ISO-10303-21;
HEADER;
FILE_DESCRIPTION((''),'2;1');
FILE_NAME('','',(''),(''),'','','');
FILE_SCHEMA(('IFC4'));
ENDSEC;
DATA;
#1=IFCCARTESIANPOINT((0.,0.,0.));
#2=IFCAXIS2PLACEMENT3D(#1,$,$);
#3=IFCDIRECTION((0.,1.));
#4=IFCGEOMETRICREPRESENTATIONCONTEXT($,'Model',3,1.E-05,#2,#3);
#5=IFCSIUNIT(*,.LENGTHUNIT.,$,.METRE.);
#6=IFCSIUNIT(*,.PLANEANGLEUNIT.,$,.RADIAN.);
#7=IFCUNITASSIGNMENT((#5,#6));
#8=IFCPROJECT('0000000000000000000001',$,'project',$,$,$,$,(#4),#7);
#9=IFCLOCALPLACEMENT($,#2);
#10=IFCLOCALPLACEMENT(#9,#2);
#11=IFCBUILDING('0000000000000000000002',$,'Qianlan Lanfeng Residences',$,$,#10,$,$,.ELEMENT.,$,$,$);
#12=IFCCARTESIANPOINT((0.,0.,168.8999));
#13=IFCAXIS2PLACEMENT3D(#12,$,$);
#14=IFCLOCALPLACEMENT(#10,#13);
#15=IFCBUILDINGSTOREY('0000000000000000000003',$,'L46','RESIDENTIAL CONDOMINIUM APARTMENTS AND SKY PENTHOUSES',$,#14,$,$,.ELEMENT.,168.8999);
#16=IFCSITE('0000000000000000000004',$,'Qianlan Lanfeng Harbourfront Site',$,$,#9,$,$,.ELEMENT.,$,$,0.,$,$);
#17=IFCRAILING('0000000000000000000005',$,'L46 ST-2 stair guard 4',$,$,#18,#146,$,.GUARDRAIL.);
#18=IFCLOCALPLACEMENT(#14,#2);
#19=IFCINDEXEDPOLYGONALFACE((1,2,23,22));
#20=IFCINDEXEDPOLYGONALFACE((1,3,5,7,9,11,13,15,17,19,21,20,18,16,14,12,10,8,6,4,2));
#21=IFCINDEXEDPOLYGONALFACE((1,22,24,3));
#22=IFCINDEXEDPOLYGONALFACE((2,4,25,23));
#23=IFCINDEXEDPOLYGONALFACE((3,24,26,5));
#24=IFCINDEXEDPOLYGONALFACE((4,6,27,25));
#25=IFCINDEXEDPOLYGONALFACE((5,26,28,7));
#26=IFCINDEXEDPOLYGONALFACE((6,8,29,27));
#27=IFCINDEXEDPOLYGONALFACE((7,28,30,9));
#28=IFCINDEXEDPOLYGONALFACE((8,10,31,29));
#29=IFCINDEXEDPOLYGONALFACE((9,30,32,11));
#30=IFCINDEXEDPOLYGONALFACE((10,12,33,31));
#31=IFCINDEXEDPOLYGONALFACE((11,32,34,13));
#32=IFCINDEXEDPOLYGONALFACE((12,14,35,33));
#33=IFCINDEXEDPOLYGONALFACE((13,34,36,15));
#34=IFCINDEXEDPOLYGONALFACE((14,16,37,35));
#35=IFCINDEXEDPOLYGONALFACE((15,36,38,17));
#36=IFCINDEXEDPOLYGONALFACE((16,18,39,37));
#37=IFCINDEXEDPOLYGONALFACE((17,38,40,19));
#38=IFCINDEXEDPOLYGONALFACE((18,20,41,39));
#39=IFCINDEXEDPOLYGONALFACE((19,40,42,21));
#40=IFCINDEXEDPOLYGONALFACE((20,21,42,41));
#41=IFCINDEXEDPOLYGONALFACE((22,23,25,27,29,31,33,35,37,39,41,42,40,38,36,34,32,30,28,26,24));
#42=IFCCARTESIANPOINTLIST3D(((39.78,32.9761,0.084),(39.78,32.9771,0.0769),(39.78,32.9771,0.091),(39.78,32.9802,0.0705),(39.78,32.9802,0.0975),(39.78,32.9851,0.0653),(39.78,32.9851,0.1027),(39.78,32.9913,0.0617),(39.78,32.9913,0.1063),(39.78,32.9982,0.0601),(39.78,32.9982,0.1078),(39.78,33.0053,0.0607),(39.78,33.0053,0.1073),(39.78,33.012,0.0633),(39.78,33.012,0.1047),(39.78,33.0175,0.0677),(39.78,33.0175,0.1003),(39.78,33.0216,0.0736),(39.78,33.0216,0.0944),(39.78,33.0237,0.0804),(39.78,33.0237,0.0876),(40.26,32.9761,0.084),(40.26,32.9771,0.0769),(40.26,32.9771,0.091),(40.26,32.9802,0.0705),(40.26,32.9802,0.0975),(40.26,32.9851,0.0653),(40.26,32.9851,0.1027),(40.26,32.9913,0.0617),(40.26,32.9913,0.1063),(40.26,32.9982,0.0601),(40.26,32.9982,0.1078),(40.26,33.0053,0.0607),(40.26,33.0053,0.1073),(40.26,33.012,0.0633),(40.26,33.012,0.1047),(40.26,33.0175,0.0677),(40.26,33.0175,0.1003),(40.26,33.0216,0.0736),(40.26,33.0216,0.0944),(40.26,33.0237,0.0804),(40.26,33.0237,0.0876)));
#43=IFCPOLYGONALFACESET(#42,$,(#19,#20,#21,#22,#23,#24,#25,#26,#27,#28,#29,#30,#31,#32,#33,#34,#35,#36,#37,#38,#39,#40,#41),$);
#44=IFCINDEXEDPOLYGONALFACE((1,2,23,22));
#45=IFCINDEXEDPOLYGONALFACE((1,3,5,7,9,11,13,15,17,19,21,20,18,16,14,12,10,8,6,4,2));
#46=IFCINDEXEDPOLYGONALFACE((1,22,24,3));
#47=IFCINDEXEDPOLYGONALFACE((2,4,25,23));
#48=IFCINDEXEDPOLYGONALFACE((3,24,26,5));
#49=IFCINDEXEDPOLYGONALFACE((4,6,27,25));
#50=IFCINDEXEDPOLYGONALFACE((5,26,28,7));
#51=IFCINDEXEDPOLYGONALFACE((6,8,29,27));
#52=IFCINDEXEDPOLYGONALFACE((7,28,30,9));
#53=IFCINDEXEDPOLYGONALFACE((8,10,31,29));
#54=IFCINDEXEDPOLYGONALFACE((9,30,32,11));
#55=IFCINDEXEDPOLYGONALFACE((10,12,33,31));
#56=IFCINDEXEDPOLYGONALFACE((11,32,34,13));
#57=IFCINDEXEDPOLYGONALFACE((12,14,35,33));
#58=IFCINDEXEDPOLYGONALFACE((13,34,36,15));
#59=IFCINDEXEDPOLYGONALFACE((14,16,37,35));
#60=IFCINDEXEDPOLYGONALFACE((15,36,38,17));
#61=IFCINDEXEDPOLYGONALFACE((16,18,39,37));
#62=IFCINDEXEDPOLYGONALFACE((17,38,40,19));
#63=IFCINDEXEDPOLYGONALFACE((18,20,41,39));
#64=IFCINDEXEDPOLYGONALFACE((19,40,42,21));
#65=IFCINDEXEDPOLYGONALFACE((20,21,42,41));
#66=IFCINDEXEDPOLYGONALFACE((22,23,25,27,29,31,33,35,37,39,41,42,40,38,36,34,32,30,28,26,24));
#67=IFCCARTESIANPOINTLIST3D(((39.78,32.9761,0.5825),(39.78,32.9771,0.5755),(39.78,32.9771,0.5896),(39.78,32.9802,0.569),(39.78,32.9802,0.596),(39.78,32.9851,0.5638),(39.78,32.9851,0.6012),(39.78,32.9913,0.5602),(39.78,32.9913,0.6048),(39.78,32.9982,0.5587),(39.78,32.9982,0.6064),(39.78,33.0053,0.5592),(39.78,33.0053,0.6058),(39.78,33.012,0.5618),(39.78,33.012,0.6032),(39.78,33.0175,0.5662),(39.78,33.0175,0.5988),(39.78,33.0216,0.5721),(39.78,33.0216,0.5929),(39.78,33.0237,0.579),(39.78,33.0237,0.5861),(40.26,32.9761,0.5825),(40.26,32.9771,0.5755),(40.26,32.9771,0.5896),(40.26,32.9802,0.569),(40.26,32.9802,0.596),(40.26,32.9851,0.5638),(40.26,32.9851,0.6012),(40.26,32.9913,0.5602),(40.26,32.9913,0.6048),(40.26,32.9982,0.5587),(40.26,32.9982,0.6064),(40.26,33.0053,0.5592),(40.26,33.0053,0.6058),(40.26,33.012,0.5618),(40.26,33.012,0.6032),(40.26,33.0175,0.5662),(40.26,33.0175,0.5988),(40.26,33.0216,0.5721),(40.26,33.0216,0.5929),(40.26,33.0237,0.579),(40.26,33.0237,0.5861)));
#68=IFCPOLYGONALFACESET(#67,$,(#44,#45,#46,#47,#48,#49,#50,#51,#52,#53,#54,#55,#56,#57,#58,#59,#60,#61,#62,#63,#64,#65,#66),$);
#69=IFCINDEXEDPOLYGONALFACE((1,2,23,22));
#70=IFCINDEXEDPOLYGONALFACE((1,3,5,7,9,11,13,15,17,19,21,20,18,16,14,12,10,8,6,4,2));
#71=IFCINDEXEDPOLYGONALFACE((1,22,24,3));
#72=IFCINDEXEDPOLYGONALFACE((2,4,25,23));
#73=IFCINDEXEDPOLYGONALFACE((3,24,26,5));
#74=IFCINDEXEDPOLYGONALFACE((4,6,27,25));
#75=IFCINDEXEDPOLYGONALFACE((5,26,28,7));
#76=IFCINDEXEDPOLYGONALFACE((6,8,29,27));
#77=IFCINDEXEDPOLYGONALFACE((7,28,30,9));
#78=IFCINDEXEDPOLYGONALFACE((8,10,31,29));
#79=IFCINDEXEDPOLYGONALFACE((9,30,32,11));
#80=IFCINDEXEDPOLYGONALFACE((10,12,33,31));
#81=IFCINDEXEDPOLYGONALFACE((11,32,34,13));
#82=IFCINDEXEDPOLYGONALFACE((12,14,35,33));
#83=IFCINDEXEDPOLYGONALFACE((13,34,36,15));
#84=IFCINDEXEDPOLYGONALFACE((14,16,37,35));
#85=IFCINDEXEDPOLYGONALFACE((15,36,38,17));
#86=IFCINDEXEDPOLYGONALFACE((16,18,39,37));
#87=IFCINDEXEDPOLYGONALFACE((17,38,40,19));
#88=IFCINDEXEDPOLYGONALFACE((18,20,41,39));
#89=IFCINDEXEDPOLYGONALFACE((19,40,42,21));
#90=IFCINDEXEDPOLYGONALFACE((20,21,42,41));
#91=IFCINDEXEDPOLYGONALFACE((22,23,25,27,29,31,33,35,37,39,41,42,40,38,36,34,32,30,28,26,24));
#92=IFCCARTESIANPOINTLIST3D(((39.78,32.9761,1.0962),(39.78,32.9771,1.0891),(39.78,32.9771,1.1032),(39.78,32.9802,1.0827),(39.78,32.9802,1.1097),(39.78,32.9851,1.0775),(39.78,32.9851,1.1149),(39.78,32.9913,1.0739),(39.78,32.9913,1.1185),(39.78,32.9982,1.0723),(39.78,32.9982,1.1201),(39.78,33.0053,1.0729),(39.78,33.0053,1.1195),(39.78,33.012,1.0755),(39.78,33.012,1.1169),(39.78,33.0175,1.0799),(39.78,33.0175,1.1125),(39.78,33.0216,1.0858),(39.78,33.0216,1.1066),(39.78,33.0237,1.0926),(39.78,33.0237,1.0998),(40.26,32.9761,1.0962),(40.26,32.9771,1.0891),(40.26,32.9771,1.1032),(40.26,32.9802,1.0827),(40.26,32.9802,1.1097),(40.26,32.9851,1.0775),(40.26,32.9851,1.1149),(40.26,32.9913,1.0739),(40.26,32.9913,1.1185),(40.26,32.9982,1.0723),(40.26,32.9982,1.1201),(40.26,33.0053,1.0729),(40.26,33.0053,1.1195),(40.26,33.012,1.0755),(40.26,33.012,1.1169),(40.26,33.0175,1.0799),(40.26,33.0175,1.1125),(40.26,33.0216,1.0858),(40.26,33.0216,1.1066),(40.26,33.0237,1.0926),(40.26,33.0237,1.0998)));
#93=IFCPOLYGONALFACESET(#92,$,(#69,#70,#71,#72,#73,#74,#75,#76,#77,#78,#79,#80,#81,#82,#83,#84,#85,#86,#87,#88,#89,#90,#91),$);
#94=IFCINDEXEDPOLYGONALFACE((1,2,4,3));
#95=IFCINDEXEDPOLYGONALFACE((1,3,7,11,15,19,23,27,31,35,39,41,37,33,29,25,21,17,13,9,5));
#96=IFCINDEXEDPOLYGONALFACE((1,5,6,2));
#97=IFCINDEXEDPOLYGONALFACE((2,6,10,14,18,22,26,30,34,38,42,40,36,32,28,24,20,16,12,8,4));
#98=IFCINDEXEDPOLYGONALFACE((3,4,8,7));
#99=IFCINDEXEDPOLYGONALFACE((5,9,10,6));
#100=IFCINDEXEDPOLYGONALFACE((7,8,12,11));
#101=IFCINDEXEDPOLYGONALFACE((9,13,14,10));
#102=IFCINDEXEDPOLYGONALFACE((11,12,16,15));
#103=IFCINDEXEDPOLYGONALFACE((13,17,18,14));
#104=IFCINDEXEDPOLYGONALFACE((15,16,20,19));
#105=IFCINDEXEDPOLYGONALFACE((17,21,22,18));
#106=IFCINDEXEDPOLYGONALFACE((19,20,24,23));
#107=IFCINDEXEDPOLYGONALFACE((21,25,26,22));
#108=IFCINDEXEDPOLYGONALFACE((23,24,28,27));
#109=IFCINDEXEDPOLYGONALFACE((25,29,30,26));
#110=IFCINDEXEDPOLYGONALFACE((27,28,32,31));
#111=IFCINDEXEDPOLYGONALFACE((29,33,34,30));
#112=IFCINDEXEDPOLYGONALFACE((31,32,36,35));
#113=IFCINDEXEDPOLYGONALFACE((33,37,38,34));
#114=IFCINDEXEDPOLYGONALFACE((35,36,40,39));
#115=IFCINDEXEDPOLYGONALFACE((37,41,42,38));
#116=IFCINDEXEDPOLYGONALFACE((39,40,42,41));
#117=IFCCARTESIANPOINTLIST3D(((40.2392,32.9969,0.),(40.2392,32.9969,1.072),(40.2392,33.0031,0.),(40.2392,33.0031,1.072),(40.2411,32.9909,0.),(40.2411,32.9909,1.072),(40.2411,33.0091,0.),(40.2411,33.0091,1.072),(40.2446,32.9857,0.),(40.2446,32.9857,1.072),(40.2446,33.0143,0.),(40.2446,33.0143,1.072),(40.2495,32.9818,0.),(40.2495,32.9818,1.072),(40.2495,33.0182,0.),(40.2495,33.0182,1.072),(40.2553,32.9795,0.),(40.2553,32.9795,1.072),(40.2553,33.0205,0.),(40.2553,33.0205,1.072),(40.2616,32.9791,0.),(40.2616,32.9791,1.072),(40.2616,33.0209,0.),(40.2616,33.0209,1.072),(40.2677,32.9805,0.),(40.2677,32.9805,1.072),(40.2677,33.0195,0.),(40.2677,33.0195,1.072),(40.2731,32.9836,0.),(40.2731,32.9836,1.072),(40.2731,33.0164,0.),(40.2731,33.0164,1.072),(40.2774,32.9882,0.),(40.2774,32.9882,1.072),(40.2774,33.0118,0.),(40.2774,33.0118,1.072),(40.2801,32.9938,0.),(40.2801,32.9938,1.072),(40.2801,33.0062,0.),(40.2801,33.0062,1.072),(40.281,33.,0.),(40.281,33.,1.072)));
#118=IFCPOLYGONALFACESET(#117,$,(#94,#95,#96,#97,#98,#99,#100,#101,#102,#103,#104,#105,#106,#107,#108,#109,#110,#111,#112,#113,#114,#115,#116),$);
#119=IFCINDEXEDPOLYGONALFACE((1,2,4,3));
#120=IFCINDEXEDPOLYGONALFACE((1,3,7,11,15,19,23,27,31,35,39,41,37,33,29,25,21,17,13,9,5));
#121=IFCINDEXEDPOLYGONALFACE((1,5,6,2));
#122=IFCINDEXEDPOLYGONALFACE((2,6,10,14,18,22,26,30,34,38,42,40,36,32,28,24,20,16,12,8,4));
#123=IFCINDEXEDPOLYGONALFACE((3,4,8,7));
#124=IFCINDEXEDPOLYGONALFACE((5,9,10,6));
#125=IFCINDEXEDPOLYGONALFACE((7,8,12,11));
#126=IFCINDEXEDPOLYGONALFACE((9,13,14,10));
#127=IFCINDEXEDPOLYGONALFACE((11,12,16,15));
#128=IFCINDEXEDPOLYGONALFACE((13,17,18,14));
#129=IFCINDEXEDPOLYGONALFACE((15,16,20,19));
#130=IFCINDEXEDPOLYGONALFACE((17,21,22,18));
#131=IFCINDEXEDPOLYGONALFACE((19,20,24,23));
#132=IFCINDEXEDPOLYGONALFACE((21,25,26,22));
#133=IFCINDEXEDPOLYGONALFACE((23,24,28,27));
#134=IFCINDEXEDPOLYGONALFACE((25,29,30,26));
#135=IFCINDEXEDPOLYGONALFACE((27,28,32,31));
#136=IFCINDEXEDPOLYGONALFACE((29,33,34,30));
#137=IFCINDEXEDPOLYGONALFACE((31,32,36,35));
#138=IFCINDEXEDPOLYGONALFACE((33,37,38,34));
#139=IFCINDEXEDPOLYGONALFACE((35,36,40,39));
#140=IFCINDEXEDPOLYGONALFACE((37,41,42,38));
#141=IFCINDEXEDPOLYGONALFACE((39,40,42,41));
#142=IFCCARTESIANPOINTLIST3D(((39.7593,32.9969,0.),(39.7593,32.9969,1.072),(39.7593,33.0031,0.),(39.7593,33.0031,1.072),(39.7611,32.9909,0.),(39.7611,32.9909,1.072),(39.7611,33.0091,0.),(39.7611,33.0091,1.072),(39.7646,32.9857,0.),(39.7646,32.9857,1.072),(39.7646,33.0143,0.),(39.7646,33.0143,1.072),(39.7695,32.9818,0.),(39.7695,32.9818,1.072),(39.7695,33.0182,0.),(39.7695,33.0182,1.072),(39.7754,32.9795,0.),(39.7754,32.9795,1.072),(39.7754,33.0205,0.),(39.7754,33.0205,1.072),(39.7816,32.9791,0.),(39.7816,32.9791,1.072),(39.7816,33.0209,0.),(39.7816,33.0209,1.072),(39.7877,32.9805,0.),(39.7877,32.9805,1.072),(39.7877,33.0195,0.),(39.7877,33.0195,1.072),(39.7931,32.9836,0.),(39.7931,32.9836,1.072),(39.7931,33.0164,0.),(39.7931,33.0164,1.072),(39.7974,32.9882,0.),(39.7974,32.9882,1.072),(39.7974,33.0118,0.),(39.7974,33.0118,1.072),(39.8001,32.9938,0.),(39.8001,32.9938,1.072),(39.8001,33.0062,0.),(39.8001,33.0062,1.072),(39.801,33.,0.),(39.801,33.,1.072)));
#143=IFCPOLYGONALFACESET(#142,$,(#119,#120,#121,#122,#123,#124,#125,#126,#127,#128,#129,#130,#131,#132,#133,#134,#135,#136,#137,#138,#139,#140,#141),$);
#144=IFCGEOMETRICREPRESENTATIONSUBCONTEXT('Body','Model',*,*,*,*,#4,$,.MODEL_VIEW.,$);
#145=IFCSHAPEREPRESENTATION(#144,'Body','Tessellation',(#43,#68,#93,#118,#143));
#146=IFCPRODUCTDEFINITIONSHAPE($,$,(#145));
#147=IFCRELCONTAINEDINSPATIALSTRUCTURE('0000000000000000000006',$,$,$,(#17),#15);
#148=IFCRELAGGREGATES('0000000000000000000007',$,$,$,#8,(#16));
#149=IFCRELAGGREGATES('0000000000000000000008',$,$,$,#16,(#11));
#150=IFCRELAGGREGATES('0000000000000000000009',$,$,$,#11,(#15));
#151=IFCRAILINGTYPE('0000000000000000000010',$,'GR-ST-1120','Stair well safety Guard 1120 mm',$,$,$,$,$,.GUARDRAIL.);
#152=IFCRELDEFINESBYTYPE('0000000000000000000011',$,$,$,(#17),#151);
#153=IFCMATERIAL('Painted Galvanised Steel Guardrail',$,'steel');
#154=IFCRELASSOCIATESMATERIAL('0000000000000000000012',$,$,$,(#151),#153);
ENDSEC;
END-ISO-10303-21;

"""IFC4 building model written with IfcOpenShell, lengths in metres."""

from ifc_helpers import new_model, si_unit, direction, frame, origin, origin_2d, place, context, subcontext, project, spatial, circle, extrude, material, type_object, element, save


model = new_model("IFC4")

# Units and contexts
model_context = context("Model", 3, precision=1e-05, world=origin(), true_north=direction((0.0, 1.0)))
body_context = subcontext(model_context, "Body", "Model", "MODEL_VIEW")
ifc_project = project(units=[si_unit("LENGTHUNIT", "METRE"), si_unit("PLANEANGLEUNIT", "RADIAN")], contexts=[model_context])

# Site, building, storey
site_placement = place(None, origin())
site = spatial("IfcSite", under=ifc_project, at=site_placement, Name="Qianlan Lanfeng Harbourfront Site", CompositionType="ELEMENT", RefElevation=0.0)
building_placement = place(site_placement, origin())
building = spatial("IfcBuilding", under=site, at=building_placement, Name="Qianlan Lanfeng Residences", CompositionType="ELEMENT")
storey_placement = place(building_placement, frame((0.0, 0.0, 168.8999)))
storey = spatial("IfcBuildingStorey", under=building, at=storey_placement, Name="L46", Description="RESIDENTIAL CONDOMINIUM APARTMENTS AND SKY PENTHOUSES", CompositionType="ELEMENT", Elevation=168.8999)

# Railing
ifc_material_1 = material(Name="Painted Galvanised Steel Guardrail", Category="steel")
railing_type_1 = type_object("IfcRailingType", Name="GR-ST-1120", Description="Stair well safety Guard 1120 mm", PredefinedType="GUARDRAIL", material=ifc_material_1)
railing_1_placement = place(storey_placement, frame((40.26, 33.0, 0.0)))
element("IfcRailing", 1, at=railing_1_placement, inside=storey, type_object=railing_type_1, Name="L46 ST-2 stair guard 4", PredefinedType="GUARDRAIL", context=body_context, shape_type="SweptSolid", body=[
    extrude(circle(Radius=0.0239, at=origin_2d()), frame((0.0, 0.0, 0.084), z_axis=(-1.0, 0.0, 0.0), x_axis=(0.0, -1.0, 0.0)), (0.0, 0.0, 1.0), 0.48),
    extrude(circle(Radius=0.0239, at=origin_2d()), frame((0.0, 0.0, 0.5825), z_axis=(-1.0, 0.0, 0.0), x_axis=(0.0, -1.0, 0.0)), (0.0, 0.0, 1.0), 0.48),
    extrude(circle(Radius=0.0239, at=origin_2d()), frame((0.0, 0.0, 1.0962), z_axis=(-1.0, 0.0, 0.0), x_axis=(0.0, -1.0, 0.0)), (0.0, 0.0, 1.0), 0.48),
    extrude(circle(Radius=0.021, at=origin_2d()), origin(), (0.0, 0.0, 1.0), 1.072),
    extrude(circle(Radius=0.021, at=origin_2d()), frame((-0.48, 0.0, 0.0)), (0.0, 0.0, 1.0), 1.072),
])

save(model, "model.ifc")
